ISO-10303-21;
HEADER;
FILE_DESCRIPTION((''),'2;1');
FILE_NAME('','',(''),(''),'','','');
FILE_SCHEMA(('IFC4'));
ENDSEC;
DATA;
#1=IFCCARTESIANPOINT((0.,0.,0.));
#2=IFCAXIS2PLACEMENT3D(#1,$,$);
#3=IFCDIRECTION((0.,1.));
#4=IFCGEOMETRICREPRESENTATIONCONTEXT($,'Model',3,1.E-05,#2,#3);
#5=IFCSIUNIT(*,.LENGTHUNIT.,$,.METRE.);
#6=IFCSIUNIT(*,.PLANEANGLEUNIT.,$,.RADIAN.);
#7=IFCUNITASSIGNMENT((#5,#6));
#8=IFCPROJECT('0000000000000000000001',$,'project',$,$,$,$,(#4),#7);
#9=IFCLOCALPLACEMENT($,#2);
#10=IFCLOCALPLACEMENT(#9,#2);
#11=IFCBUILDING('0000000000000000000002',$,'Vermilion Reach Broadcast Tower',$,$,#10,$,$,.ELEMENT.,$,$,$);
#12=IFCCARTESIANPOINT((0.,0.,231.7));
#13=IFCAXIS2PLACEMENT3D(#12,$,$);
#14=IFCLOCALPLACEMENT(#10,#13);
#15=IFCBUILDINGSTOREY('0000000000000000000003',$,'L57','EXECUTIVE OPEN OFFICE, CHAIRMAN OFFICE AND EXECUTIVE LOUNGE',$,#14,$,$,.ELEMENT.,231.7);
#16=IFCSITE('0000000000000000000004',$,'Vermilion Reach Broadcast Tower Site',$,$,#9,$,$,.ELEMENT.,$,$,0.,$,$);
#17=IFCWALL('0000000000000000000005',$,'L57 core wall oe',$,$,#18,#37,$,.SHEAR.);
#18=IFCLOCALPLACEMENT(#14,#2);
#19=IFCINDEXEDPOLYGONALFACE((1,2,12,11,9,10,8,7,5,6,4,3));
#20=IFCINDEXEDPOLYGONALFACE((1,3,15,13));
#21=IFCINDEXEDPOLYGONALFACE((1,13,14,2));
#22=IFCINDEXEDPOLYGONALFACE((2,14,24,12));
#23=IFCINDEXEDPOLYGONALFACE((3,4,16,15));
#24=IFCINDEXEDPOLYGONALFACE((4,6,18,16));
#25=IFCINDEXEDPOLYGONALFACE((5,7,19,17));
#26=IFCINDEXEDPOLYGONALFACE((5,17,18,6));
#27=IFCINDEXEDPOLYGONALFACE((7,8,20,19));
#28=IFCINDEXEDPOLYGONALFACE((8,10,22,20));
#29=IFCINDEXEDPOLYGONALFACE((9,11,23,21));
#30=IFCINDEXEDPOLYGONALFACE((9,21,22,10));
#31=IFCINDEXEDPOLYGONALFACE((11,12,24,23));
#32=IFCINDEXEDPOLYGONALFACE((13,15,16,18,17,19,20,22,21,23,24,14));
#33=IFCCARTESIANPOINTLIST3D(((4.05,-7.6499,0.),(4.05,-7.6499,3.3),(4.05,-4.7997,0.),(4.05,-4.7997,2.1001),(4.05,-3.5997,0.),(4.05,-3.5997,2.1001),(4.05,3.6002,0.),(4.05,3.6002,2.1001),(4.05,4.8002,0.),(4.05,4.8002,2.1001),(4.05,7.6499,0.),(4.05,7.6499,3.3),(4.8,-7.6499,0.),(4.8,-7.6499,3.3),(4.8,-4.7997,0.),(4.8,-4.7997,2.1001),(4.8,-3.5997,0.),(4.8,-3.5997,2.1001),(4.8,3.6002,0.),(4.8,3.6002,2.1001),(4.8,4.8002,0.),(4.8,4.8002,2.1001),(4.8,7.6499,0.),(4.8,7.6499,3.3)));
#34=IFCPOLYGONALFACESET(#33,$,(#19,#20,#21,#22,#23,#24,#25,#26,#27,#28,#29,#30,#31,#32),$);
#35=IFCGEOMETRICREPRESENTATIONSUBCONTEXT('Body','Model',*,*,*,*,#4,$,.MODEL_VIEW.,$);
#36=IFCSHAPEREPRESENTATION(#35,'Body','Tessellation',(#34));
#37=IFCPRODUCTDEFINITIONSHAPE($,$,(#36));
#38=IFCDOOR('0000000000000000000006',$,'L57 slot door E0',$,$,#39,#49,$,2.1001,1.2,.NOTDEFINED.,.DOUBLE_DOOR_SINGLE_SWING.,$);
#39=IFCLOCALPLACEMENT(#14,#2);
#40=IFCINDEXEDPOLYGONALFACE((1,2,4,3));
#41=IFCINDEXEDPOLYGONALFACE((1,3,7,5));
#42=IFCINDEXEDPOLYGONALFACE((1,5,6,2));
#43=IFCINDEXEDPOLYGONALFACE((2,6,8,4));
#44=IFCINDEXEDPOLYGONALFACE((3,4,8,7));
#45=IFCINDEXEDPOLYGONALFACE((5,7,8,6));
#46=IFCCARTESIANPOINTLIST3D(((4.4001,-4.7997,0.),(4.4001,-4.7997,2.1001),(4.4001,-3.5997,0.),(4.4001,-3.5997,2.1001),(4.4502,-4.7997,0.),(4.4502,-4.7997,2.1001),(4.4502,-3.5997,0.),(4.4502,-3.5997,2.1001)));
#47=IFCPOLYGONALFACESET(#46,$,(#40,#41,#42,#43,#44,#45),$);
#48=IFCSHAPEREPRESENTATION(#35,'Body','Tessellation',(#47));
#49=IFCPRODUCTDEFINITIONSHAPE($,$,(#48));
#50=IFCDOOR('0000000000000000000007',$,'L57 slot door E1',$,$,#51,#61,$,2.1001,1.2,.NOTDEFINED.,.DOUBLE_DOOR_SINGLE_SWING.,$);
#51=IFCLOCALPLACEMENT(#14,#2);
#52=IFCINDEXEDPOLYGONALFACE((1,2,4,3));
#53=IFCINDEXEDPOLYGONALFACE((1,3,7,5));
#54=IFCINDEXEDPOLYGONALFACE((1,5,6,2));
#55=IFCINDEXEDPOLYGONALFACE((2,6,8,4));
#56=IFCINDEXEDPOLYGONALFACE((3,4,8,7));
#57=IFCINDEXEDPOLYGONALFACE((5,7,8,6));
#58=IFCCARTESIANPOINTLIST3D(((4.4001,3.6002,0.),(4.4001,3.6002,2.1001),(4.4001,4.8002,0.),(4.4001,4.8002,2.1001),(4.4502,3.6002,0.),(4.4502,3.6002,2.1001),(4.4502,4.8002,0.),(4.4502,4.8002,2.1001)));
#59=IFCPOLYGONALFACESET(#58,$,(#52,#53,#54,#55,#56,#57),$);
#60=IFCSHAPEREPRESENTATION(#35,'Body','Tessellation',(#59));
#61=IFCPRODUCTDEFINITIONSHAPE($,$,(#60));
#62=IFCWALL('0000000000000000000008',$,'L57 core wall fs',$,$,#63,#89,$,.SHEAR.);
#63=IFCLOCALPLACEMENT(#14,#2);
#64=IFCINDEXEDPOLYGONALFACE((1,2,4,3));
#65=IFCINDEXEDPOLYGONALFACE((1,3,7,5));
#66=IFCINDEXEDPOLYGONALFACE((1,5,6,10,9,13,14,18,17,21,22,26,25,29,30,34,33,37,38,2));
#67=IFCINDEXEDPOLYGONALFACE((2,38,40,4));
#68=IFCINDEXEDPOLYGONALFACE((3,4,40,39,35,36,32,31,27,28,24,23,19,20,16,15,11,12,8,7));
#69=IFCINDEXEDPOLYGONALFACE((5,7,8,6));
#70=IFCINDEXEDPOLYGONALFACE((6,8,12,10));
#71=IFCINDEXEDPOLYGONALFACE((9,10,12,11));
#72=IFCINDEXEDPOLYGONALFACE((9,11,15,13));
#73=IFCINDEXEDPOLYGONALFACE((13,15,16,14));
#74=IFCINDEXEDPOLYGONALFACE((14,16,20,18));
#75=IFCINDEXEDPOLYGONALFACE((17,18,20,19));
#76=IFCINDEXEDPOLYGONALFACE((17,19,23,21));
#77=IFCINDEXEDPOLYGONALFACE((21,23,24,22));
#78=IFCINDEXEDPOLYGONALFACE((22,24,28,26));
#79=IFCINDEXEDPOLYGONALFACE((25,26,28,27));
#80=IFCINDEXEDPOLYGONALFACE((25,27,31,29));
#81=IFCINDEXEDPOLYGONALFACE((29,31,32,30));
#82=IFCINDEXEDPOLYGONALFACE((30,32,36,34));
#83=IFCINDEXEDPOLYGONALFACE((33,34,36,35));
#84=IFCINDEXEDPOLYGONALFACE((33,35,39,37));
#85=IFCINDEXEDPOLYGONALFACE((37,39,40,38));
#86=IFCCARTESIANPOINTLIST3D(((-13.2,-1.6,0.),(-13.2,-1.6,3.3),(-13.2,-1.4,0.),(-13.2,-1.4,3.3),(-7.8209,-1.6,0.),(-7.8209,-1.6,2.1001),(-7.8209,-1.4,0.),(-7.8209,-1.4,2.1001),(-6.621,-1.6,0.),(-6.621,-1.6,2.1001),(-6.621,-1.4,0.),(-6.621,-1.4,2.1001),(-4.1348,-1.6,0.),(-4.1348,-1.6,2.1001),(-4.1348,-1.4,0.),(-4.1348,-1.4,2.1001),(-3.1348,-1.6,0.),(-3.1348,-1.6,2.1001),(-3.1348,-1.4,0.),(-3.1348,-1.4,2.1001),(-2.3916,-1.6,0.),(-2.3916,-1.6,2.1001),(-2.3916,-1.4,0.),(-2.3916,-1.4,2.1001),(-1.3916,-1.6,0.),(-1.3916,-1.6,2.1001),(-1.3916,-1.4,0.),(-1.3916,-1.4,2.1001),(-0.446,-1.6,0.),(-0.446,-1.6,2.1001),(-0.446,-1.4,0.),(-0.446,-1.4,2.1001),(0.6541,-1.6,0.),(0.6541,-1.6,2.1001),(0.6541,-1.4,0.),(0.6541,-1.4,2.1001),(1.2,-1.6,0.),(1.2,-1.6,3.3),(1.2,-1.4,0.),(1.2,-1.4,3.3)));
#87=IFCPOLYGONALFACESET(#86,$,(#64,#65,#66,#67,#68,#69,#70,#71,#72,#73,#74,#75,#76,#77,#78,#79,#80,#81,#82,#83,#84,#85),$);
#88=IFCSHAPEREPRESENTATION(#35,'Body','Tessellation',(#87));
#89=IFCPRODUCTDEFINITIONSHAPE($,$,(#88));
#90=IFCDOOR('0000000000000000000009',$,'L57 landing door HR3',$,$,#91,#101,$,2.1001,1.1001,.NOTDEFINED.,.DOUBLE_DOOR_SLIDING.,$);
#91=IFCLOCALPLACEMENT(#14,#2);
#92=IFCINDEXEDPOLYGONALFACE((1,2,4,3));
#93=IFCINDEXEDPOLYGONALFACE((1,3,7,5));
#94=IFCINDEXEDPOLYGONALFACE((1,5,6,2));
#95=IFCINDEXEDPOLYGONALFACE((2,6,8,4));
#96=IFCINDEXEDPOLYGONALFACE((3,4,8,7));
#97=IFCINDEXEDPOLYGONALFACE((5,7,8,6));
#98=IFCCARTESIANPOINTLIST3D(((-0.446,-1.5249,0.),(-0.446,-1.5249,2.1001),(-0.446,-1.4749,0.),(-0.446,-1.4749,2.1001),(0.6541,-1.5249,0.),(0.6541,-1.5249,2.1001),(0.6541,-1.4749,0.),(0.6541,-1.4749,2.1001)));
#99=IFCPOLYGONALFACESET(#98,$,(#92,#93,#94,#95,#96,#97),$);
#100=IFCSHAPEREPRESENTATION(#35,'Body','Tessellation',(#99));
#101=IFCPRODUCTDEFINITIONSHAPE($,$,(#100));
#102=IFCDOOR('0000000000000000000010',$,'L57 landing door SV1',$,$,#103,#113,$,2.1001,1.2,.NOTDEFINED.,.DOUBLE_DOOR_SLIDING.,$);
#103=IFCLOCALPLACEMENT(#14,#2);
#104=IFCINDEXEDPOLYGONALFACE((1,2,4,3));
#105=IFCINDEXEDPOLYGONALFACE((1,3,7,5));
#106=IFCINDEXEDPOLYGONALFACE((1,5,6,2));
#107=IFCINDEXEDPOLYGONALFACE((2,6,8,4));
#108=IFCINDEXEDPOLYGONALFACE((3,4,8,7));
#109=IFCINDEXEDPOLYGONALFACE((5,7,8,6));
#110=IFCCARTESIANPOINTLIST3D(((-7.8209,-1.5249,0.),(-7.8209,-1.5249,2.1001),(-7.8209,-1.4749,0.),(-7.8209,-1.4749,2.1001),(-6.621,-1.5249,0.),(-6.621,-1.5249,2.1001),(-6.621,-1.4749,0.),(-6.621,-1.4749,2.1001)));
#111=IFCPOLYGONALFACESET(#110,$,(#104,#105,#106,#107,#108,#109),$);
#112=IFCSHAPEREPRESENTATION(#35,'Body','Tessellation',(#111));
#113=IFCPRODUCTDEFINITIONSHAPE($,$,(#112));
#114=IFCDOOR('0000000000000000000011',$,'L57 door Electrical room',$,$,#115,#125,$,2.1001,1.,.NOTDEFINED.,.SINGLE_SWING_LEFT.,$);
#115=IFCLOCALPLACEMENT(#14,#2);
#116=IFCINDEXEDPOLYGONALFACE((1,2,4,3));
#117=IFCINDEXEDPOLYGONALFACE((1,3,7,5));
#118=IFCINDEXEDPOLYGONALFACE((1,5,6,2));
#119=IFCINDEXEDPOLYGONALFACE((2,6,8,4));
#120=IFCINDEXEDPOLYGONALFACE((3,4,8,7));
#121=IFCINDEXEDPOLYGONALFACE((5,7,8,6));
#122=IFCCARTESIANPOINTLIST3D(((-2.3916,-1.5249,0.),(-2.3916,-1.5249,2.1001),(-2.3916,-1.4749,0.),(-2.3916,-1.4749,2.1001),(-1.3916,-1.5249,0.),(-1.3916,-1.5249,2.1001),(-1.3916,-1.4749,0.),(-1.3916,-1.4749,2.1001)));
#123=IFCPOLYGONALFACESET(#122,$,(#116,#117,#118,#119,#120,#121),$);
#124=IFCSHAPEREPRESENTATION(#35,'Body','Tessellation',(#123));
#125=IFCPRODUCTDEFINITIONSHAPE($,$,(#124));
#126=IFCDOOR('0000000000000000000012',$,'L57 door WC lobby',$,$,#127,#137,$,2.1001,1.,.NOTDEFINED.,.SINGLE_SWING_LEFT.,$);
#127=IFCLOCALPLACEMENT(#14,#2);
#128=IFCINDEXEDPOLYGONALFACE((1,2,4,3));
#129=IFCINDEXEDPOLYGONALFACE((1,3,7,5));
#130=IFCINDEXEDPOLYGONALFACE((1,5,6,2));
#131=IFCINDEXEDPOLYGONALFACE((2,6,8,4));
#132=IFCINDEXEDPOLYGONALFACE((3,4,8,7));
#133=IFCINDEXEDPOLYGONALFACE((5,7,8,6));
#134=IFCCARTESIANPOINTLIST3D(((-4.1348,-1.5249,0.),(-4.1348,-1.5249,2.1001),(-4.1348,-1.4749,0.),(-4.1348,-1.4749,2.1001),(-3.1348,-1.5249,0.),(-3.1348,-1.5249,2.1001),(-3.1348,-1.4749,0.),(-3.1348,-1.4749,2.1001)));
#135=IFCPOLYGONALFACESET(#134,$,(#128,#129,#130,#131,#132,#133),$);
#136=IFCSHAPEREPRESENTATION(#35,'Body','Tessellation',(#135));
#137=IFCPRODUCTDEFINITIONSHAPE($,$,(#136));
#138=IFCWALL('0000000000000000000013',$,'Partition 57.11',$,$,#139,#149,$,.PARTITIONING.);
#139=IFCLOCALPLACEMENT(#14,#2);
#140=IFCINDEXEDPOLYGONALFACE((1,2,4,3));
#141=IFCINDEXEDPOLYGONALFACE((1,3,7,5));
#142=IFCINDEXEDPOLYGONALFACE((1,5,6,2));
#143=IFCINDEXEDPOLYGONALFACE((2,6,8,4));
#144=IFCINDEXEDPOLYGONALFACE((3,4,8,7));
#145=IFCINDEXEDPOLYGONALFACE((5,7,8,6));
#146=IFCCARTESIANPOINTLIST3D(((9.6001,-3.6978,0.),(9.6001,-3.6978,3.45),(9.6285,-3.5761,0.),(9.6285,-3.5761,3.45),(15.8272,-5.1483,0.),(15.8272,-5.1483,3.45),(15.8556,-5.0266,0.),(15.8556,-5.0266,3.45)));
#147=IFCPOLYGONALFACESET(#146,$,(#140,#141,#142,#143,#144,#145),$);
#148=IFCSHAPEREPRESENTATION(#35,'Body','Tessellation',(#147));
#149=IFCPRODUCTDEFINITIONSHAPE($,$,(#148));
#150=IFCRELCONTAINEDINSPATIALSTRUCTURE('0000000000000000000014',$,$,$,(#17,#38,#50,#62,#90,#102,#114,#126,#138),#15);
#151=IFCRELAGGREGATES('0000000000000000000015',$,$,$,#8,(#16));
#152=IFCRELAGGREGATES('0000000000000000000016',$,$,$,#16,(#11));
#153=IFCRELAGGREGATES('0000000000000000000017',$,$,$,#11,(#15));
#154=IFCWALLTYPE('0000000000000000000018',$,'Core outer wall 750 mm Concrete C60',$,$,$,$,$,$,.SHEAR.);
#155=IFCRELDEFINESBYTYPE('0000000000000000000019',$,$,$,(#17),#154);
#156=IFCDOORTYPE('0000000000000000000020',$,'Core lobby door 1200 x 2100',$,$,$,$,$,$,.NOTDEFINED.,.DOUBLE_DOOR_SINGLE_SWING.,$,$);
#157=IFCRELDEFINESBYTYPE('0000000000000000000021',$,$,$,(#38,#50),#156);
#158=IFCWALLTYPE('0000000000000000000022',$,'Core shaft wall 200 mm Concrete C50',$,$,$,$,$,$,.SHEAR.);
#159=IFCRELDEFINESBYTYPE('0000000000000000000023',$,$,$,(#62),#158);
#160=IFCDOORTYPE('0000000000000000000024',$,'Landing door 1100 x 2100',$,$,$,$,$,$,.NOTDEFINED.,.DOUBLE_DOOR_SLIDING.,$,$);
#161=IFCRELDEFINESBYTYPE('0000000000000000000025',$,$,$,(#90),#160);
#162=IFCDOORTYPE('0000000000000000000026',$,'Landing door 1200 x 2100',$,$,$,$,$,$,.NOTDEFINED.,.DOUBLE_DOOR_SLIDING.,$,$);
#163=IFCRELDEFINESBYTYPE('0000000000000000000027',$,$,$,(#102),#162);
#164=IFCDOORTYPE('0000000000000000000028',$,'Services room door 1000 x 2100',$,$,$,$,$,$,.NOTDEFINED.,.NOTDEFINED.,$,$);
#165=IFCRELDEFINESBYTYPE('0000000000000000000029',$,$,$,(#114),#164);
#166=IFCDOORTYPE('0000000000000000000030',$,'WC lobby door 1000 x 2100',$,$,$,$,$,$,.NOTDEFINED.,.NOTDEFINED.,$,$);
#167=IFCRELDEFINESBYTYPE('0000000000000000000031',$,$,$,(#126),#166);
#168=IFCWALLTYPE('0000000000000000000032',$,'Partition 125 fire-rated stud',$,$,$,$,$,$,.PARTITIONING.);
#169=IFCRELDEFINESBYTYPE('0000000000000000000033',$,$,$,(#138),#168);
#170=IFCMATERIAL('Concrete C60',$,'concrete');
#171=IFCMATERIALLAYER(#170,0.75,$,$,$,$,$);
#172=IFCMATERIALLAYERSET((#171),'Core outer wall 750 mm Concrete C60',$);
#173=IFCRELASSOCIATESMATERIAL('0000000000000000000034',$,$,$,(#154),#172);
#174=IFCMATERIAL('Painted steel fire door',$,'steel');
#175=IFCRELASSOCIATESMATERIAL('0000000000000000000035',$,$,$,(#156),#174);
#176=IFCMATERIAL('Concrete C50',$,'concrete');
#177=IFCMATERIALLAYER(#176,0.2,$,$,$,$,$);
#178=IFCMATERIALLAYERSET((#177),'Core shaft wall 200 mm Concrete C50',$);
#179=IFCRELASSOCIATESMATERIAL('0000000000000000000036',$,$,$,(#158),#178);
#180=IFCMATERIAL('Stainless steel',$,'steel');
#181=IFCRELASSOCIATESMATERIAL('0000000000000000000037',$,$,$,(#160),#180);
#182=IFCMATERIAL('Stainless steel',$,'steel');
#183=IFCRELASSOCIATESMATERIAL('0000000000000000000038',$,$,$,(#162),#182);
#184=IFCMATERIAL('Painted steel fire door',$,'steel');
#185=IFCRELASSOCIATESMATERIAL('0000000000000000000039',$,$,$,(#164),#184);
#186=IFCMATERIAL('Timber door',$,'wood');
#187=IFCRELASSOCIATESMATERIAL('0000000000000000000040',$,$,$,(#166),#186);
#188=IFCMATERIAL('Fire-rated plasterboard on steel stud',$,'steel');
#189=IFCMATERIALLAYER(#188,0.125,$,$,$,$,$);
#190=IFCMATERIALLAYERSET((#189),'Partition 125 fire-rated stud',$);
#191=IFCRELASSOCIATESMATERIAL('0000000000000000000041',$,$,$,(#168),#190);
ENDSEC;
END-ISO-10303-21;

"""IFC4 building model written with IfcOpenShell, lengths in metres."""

from ifc_helpers import new_model, si_unit, direction, frame, frame_2d, origin, place, context, subcontext, project, spatial, rectangle, extrude, material, layer, layer_set, type_object, element, fill, save


model = new_model("IFC4")

# Units and contexts
model_context = context("Model", 3, precision=1e-05, world=origin(), true_north=direction((0.0, 1.0)))
body_context = subcontext(model_context, "Body", "Model", "MODEL_VIEW")
ifc_project = project(units=[si_unit("LENGTHUNIT", "METRE"), si_unit("PLANEANGLEUNIT", "RADIAN")], contexts=[model_context])

# Site, building, storey
site_placement = place(None, origin())
site = spatial("IfcSite", under=ifc_project, at=site_placement, Name="Vermilion Reach Broadcast Tower Site", CompositionType="ELEMENT", RefElevation=0.0)
building_placement = place(site_placement, origin())
building = spatial("IfcBuilding", under=site, at=building_placement, Name="Vermilion Reach Broadcast Tower", CompositionType="ELEMENT")
storey_placement = place(building_placement, frame((0.0, 0.0, 231.7)))
storey = spatial("IfcBuildingStorey", under=building, at=storey_placement, Name="L57", Description="EXECUTIVE OPEN OFFICE, CHAIRMAN OFFICE AND EXECUTIVE LOUNGE", CompositionType="ELEMENT", Elevation=231.7)

# Walls, openings, doors
ifc_material_1 = material(Name="Concrete C60", Category="concrete")
ifc_layer_1 = layer(ifc_material_1, 0.75)
ifc_layer_set_1 = layer_set([ifc_layer_1], Name="Core outer wall 750 mm Concrete C60")
wall_type_1 = type_object("IfcWallType", Name="Core outer wall 750 mm Concrete C60", PredefinedType="SHEAR", material=ifc_layer_set_1)
wall_1_placement = place(storey_placement, frame((4.425, -7.6499, 0.0), z_axis=(0.0, 0.0, 1.0), x_axis=(0.0, 1.0, 0.0)))
wall_1 = element("IfcWall", 1, at=wall_1_placement, inside=storey, type_object=wall_type_1, Name="L57 core wall oe", PredefinedType="SHEAR", context=body_context, shape_type="SweptSolid", body=[
    extrude(rectangle(XDim=15.2998, YDim=0.75, at=frame_2d((7.6499, 0.0))), origin(), (0.0, 0.0, 1.0), 3.3),
])
opening_1_placement = place(wall_1_placement, frame((2.8501, 0.0, 0.0)))
opening_1 = element("IfcOpeningElement", 2, at=opening_1_placement, cuts=wall_1, PredefinedType="OPENING", context=body_context, shape_type="SweptSolid", body=[
    extrude(rectangle(XDim=1.2, YDim=2.1001, at=frame_2d((0.6001, 1.05))), frame((0.0, 0.385, 0.0), z_axis=(0.0, -1.0, 0.0), x_axis=(1.0, 0.0, 0.0)), (0.0, 0.0, 1.0), 0.77),
])
opening_2_placement = place(wall_1_placement, frame((11.25, 0.0, 0.0)))
opening_2 = element("IfcOpeningElement", 3, at=opening_2_placement, cuts=wall_1, PredefinedType="OPENING", context=body_context, shape_type="SweptSolid", body=[
    extrude(rectangle(XDim=1.2, YDim=2.1001, at=frame_2d((0.6001, 1.05))), frame((0.0, 0.385, 0.0), z_axis=(0.0, -1.0, 0.0), x_axis=(1.0, 0.0, 0.0)), (0.0, 0.0, 1.0), 0.77),
])
ifc_material_2 = material(Name="Painted steel fire door", Category="steel")
door_type_1 = type_object("IfcDoorType", Name="Core lobby door 1200 x 2100", OperationType="DOUBLE_DOOR_SINGLE_SWING", PredefinedType="NOTDEFINED", material=ifc_material_2)
door_1_placement = place(opening_1_placement, origin())
door_1 = element("IfcDoor", 4, at=door_1_placement, inside=storey, type_object=door_type_1, Name="L57 slot door E0", OperationType="DOUBLE_DOOR_SINGLE_SWING", OverallHeight=2.1001, OverallWidth=1.2, PredefinedType="NOTDEFINED", context=body_context, shape_type="SweptSolid", body=[
    extrude(rectangle(XDim=1.2, YDim=2.1001, at=frame_2d((0.6001, 1.05))), frame((0.0, 0.0249, 0.0), z_axis=(0.0, -1.0, 0.0), x_axis=(1.0, 0.0, 0.0)), (0.0, 0.0, 1.0), 0.05),
])
fill(opening_1, door_1)
door_2_placement = place(opening_2_placement, origin())
door_2 = element("IfcDoor", 5, at=door_2_placement, inside=storey, type_object=door_type_1, Name="L57 slot door E1", OperationType="DOUBLE_DOOR_SINGLE_SWING", OverallHeight=2.1001, OverallWidth=1.2, PredefinedType="NOTDEFINED", context=body_context, shape_type="SweptSolid", body=[
    extrude(rectangle(XDim=1.2, YDim=2.1001, at=frame_2d((0.6001, 1.05))), frame((0.0, 0.0249, 0.0), z_axis=(0.0, -1.0, 0.0), x_axis=(1.0, 0.0, 0.0)), (0.0, 0.0, 1.0), 0.05),
])
fill(opening_2, door_2)
ifc_material_3 = material(Name="Concrete C50", Category="concrete")
ifc_layer_2 = layer(ifc_material_3, 0.2)
ifc_layer_set_2 = layer_set([ifc_layer_2], Name="Core shaft wall 200 mm Concrete C50")
wall_type_2 = type_object("IfcWallType", Name="Core shaft wall 200 mm Concrete C50", PredefinedType="SHEAR", material=ifc_layer_set_2)
wall_2_placement = place(storey_placement, frame((1.2, -1.5, 0.0), z_axis=(0.0, 0.0, 1.0), x_axis=(-1.0, 0.0, 0.0)))
wall_2 = element("IfcWall", 6, at=wall_2_placement, inside=storey, type_object=wall_type_2, Name="L57 core wall fs", PredefinedType="SHEAR", context=body_context, shape_type="SweptSolid", body=[
    extrude(rectangle(XDim=14.3999, YDim=0.2, at=frame_2d((7.2, 0.0))), origin(), (0.0, 0.0, 1.0), 3.3),
])
opening_3_placement = place(wall_2_placement, frame((7.8208, 0.0, 0.0)))
opening_3 = element("IfcOpeningElement", 7, at=opening_3_placement, cuts=wall_2, PredefinedType="OPENING", context=body_context, shape_type="SweptSolid", body=[
    extrude(rectangle(XDim=1.2, YDim=2.1001, at=frame_2d((0.6001, 1.05))), frame((0.0, 0.1099, 0.0), z_axis=(0.0, -1.0, 0.0), x_axis=(1.0, 0.0, 0.0)), (0.0, 0.0, 1.0), 0.22),
])
opening_4_placement = place(wall_2_placement, frame((0.5459, 0.0, 0.0)))
opening_4 = element("IfcOpeningElement", 8, at=opening_4_placement, cuts=wall_2, PredefinedType="OPENING", context=body_context, shape_type="SweptSolid", body=[
    extrude(rectangle(XDim=1.1001, YDim=2.1001, at=frame_2d((0.55, 1.05))), frame((0.0, 0.1099, 0.0), z_axis=(0.0, -1.0, 0.0), x_axis=(1.0, 0.0, 0.0)), (0.0, 0.0, 1.0), 0.22),
])
opening_5_placement = place(wall_2_placement, frame((4.3347, 0.0, 0.0)))
opening_5 = element("IfcOpeningElement", 9, at=opening_5_placement, cuts=wall_2, PredefinedType="OPENING", context=body_context, shape_type="SweptSolid", body=[
    extrude(rectangle(XDim=1.0, YDim=2.1001, at=frame_2d((0.5, 1.05))), frame((0.0, 0.1099, 0.0), z_axis=(0.0, -1.0, 0.0), x_axis=(1.0, 0.0, 0.0)), (0.0, 0.0, 1.0), 0.22),
])
opening_6_placement = place(wall_2_placement, frame((2.5916, 0.0, 0.0)))
opening_6 = element("IfcOpeningElement", 10, at=opening_6_placement, cuts=wall_2, PredefinedType="OPENING", context=body_context, shape_type="SweptSolid", body=[
    extrude(rectangle(XDim=1.0, YDim=2.1001, at=frame_2d((0.5, 1.05))), frame((0.0, 0.1099, 0.0), z_axis=(0.0, -1.0, 0.0), x_axis=(1.0, 0.0, 0.0)), (0.0, 0.0, 1.0), 0.22),
])
ifc_material_4 = material(Name="Stainless steel", Category="steel")
door_type_2 = type_object("IfcDoorType", Name="Landing door 1100 x 2100", OperationType="DOUBLE_DOOR_SLIDING", PredefinedType="NOTDEFINED", material=ifc_material_4)
door_3_placement = place(opening_4_placement, origin())
door_3 = element("IfcDoor", 11, at=door_3_placement, inside=storey, type_object=door_type_2, Name="L57 landing door HR3", OperationType="DOUBLE_DOOR_SLIDING", OverallHeight=2.1001, OverallWidth=1.1001, PredefinedType="NOTDEFINED", context=body_context, shape_type="SweptSolid", body=[
    extrude(rectangle(XDim=1.1001, YDim=2.1001, at=frame_2d((0.55, 1.05))), frame((0.0, 0.0249, 0.0), z_axis=(0.0, -1.0, 0.0), x_axis=(1.0, 0.0, 0.0)), (0.0, 0.0, 1.0), 0.05),
])
fill(opening_4, door_3)
ifc_material_5 = material(Name="Stainless steel", Category="steel")
door_type_3 = type_object("IfcDoorType", Name="Landing door 1200 x 2100", OperationType="DOUBLE_DOOR_SLIDING", PredefinedType="NOTDEFINED", material=ifc_material_5)
door_4_placement = place(opening_3_placement, origin())
door_4 = element("IfcDoor", 12, at=door_4_placement, inside=storey, type_object=door_type_3, Name="L57 landing door SV1", OperationType="DOUBLE_DOOR_SLIDING", OverallHeight=2.1001, OverallWidth=1.2, PredefinedType="NOTDEFINED", context=body_context, shape_type="SweptSolid", body=[
    extrude(rectangle(XDim=1.2, YDim=2.1001, at=frame_2d((0.6001, 1.05))), frame((0.0, 0.0249, 0.0), z_axis=(0.0, -1.0, 0.0), x_axis=(1.0, 0.0, 0.0)), (0.0, 0.0, 1.0), 0.05),
])
fill(opening_3, door_4)
ifc_material_6 = material(Name="Painted steel fire door", Category="steel")
door_type_4 = type_object("IfcDoorType", Name="Services room door 1000 x 2100", OperationType="NOTDEFINED", PredefinedType="NOTDEFINED", material=ifc_material_6)
door_5_placement = place(opening_6_placement, origin())
door_5 = element("IfcDoor", 13, at=door_5_placement, inside=storey, type_object=door_type_4, Name="L57 door Electrical room", OperationType="SINGLE_SWING_LEFT", OverallHeight=2.1001, OverallWidth=1.0, PredefinedType="NOTDEFINED", context=body_context, shape_type="SweptSolid", body=[
    extrude(rectangle(XDim=1.0, YDim=2.1001, at=frame_2d((0.5, 1.05))), frame((0.0, 0.0249, 0.0), z_axis=(0.0, -1.0, 0.0), x_axis=(1.0, 0.0, 0.0)), (0.0, 0.0, 1.0), 0.05),
])
fill(opening_6, door_5)
ifc_material_7 = material(Name="Timber door", Category="wood")
door_type_5 = type_object("IfcDoorType", Name="WC lobby door 1000 x 2100", OperationType="NOTDEFINED", PredefinedType="NOTDEFINED", material=ifc_material_7)
door_6_placement = place(opening_5_placement, origin())
door_6 = element("IfcDoor", 14, at=door_6_placement, inside=storey, type_object=door_type_5, Name="L57 door WC lobby", OperationType="SINGLE_SWING_LEFT", OverallHeight=2.1001, OverallWidth=1.0, PredefinedType="NOTDEFINED", context=body_context, shape_type="SweptSolid", body=[
    extrude(rectangle(XDim=1.0, YDim=2.1001, at=frame_2d((0.5, 1.05))), frame((0.0, 0.0249, 0.0), z_axis=(0.0, -1.0, 0.0), x_axis=(1.0, 0.0, 0.0)), (0.0, 0.0, 1.0), 0.05),
])
fill(opening_5, door_6)

# Wall
ifc_material_8 = material(Name="Fire-rated plasterboard on steel stud", Category="steel")
ifc_layer_3 = layer(ifc_material_8, 0.125)
ifc_layer_set_3 = layer_set([ifc_layer_3], Name="Partition 125 fire-rated stud")
wall_type_3 = type_object("IfcWallType", Name="Partition 125 fire-rated stud", PredefinedType="PARTITIONING", material=ifc_layer_set_3)
wall_3_placement = place(storey_placement, frame((15.8413, -5.0874, 0.0), z_axis=(0.0, 0.0, 1.0), x_axis=(-0.973929, 0.226853, 0.0)))
element("IfcWall", 15, at=wall_3_placement, inside=storey, type_object=wall_type_3, Name="Partition 57.11", PredefinedType="PARTITIONING", context=body_context, shape_type="SweptSolid", body=[
    extrude(rectangle(XDim=6.3938, YDim=0.125, at=frame_2d((3.1968, 0.0))), origin(), (0.0, 0.0, 1.0), 3.45),
])

save(model, "model.ifc")
